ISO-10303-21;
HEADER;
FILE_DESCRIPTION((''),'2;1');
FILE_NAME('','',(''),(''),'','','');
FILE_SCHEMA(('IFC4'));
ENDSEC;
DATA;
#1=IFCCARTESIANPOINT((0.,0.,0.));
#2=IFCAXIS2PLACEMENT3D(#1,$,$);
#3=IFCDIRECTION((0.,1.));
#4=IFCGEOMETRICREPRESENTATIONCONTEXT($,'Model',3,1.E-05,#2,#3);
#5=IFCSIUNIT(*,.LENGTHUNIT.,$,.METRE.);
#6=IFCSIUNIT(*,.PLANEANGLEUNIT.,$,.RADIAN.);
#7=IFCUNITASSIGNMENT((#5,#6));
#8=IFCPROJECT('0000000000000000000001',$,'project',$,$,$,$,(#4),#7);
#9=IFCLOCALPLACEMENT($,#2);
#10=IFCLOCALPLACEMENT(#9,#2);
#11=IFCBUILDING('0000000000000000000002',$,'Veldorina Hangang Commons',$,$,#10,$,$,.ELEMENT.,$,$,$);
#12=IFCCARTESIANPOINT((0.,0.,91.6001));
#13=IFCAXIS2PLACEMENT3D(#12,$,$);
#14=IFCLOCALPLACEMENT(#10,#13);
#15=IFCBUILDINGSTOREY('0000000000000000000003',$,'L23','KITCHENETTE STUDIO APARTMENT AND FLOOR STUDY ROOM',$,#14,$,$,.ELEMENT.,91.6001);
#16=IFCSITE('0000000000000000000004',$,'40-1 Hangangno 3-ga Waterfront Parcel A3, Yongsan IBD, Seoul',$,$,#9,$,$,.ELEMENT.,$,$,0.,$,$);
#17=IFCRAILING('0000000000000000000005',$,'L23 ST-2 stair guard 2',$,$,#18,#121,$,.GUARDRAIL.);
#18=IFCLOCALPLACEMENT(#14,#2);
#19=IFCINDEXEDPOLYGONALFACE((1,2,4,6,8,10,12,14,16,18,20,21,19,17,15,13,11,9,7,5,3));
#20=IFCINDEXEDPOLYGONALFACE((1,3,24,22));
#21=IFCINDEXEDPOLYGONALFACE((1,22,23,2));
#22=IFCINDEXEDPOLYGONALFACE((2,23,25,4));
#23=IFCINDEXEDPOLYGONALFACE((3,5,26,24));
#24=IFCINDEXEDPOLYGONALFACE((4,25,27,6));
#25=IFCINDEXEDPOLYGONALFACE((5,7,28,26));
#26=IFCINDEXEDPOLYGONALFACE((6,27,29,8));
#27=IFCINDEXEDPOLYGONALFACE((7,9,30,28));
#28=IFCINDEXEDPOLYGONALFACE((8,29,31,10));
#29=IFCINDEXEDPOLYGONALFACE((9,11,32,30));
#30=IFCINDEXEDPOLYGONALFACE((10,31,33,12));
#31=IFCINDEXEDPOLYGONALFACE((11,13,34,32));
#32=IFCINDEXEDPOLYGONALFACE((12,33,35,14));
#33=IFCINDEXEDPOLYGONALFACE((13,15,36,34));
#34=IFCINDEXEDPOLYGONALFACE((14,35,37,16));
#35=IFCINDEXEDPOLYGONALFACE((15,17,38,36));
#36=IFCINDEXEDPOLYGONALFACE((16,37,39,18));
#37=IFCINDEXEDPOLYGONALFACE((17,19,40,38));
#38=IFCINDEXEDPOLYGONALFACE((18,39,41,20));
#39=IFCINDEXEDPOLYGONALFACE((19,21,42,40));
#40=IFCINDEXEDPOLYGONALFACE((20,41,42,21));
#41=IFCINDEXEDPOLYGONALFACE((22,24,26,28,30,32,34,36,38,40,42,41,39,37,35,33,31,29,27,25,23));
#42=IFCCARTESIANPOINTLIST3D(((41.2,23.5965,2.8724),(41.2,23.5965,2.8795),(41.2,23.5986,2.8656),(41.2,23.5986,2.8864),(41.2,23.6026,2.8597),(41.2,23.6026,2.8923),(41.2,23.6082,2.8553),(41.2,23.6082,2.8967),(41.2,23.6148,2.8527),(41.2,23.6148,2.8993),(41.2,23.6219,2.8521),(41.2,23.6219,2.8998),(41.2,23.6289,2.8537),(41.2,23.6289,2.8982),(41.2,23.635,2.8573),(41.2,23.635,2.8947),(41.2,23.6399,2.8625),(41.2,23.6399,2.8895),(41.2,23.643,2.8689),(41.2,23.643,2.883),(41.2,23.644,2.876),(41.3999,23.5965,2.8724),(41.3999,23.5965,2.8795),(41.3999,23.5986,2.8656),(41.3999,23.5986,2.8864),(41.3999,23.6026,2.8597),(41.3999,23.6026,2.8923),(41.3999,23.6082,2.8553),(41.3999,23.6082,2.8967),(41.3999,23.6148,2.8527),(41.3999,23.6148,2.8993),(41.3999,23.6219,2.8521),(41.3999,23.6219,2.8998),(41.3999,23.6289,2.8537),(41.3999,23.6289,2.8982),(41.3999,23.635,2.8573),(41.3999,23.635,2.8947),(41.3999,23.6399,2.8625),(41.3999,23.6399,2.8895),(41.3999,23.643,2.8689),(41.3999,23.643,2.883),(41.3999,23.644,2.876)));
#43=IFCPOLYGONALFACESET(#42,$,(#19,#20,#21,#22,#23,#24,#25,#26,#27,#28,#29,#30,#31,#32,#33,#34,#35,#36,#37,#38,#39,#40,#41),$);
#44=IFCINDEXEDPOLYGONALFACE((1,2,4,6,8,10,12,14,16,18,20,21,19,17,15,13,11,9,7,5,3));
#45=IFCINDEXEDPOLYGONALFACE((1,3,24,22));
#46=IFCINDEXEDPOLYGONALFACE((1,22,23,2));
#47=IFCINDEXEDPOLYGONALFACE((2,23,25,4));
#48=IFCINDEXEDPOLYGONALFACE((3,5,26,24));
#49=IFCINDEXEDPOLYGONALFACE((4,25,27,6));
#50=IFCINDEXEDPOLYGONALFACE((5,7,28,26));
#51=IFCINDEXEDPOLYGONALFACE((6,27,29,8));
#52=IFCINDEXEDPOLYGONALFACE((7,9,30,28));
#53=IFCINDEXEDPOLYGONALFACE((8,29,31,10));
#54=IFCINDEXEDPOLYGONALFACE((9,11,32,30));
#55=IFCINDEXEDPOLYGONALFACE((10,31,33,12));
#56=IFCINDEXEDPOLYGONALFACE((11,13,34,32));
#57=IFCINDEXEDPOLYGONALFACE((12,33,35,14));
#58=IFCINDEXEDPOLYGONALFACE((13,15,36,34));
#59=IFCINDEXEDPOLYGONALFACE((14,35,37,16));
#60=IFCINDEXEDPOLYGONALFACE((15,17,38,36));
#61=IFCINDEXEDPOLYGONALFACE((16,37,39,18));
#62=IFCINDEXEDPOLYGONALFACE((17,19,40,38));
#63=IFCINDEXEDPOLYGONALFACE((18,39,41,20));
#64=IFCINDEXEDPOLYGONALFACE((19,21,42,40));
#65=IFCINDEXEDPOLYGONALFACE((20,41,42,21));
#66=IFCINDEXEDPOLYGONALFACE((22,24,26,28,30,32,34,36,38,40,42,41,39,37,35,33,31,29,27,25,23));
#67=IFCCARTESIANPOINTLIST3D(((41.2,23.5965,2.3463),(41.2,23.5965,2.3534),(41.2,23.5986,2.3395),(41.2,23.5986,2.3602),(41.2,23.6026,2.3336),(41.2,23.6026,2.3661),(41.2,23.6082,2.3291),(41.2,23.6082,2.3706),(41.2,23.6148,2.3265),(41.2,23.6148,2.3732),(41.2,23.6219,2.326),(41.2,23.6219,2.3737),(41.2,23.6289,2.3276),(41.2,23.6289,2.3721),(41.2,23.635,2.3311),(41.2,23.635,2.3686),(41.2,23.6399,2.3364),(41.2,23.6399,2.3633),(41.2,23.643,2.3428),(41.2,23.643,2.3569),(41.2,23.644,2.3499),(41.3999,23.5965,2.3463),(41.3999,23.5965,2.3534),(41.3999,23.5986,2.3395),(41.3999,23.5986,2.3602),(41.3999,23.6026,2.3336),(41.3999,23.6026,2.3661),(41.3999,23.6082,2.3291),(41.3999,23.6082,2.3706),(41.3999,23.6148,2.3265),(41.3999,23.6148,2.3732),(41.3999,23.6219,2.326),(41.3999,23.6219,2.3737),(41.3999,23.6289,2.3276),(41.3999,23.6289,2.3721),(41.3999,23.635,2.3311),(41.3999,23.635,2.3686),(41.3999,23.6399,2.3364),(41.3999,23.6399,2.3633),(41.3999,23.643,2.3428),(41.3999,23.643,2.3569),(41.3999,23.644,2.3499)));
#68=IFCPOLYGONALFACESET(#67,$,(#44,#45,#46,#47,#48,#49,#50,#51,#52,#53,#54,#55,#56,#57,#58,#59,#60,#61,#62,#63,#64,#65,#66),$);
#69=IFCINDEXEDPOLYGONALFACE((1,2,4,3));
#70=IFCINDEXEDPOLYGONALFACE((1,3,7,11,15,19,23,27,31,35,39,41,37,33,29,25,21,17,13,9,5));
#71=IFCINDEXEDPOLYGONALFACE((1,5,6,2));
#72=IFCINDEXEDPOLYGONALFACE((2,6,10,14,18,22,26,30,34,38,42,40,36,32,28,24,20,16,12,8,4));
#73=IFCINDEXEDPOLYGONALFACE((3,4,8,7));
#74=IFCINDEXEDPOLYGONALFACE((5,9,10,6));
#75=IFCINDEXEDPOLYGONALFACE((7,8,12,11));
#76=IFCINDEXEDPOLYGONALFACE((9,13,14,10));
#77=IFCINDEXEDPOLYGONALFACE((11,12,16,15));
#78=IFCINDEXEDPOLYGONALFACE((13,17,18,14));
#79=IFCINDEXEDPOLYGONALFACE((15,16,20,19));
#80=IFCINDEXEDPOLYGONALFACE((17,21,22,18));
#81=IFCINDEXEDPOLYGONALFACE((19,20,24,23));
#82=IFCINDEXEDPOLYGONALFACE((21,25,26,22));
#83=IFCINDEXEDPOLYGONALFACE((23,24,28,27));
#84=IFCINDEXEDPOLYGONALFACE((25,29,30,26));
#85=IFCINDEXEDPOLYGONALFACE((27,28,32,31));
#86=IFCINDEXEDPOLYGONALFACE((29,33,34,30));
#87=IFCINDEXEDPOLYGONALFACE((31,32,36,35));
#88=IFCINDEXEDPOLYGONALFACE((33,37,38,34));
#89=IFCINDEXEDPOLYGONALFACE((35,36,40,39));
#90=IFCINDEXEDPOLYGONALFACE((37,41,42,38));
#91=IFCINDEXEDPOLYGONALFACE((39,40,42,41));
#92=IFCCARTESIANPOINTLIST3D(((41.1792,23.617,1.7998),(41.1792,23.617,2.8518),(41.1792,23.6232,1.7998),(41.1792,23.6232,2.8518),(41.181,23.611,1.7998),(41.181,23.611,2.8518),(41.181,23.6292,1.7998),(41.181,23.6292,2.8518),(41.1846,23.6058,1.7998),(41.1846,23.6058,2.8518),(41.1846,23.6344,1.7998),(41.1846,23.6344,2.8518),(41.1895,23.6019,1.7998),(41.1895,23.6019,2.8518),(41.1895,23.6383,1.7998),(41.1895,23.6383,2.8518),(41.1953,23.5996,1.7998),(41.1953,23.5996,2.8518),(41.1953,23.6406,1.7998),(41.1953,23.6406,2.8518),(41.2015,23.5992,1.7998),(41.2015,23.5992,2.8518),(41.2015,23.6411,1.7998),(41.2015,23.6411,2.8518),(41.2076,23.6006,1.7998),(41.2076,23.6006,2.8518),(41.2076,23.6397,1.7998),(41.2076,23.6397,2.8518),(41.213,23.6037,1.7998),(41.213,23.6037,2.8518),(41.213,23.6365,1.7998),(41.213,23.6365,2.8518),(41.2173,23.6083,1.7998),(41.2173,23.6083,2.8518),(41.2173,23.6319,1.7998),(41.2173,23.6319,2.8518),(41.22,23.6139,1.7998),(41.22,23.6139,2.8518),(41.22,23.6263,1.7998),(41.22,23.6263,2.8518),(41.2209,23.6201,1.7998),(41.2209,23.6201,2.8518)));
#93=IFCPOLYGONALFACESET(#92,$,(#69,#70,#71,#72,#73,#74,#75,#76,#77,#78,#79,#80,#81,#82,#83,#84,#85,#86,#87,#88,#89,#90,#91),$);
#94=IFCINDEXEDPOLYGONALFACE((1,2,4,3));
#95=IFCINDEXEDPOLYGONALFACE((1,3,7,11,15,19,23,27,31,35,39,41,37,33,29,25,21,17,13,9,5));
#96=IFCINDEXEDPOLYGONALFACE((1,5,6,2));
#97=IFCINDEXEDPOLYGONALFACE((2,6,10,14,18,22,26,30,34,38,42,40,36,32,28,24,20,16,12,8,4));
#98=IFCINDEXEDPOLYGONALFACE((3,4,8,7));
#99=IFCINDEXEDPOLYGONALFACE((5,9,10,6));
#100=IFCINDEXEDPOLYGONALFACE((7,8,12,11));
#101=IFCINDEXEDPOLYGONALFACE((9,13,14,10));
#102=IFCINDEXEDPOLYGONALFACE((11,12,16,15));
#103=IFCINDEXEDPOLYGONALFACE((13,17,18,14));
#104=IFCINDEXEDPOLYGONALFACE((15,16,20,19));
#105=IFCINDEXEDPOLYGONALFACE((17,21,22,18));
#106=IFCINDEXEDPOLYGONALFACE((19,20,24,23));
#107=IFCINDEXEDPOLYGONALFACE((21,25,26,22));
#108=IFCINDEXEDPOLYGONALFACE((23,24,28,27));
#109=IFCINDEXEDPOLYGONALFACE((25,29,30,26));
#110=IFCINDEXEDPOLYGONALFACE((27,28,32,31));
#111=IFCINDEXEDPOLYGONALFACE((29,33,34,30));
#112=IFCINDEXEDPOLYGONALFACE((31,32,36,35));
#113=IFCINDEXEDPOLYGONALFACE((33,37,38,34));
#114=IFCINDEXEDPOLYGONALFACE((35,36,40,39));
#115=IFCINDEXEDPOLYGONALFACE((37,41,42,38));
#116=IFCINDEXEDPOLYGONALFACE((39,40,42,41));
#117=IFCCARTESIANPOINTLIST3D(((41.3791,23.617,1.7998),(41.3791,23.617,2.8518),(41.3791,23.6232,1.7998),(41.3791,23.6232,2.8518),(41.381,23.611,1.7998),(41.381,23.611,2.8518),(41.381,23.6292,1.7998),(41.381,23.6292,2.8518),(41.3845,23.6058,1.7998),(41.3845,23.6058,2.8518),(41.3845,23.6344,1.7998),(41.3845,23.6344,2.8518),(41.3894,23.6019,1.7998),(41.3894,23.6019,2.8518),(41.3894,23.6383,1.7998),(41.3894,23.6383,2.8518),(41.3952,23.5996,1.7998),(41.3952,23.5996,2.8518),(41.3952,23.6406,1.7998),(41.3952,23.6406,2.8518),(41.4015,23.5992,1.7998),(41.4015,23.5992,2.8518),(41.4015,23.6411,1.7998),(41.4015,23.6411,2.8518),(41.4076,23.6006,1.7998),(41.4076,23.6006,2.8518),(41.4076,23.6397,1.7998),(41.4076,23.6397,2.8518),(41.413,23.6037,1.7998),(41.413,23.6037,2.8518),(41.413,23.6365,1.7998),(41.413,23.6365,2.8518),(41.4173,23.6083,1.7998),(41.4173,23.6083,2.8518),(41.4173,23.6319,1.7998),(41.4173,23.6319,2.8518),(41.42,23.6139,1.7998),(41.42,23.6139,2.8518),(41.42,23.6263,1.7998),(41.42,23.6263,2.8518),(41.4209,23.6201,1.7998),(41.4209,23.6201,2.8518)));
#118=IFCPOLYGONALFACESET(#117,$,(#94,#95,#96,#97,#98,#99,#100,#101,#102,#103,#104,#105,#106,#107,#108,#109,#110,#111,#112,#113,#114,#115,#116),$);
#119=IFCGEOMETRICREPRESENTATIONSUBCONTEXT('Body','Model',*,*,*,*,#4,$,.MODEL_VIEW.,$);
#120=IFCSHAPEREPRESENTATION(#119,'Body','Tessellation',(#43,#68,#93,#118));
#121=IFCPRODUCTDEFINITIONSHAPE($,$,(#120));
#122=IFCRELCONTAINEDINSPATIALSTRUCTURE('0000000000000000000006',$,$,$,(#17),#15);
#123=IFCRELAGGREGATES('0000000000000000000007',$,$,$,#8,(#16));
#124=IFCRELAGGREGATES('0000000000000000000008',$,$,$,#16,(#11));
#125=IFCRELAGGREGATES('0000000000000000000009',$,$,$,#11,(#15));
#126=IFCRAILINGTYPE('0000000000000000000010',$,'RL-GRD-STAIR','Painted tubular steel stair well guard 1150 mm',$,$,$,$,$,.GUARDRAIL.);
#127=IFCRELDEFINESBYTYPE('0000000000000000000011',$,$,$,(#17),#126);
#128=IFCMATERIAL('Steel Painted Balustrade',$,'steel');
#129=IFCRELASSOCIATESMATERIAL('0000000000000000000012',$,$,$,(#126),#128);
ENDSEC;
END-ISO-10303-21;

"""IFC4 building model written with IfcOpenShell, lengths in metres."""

from ifc_helpers import new_model, si_unit, direction, frame, origin, origin_2d, place, context, subcontext, project, spatial, circle, extrude, material, type_object, element, save


model = new_model("IFC4")

# Units and contexts
model_context = context("Model", 3, precision=1e-05, world=origin(), true_north=direction((0.0, 1.0)))
body_context = subcontext(model_context, "Body", "Model", "MODEL_VIEW")
ifc_project = project(units=[si_unit("LENGTHUNIT", "METRE"), si_unit("PLANEANGLEUNIT", "RADIAN")], contexts=[model_context])

# Site, building, storey
site_placement = place(None, origin())
site = spatial("IfcSite", under=ifc_project, at=site_placement, Name="40-1 Hangangno 3-ga Waterfront Parcel A3, Yongsan IBD, Seoul", CompositionType="ELEMENT", RefElevation=0.0)
building_placement = place(site_placement, origin())
building = spatial("IfcBuilding", under=site, at=building_placement, Name="Veldorina Hangang Commons", CompositionType="ELEMENT")
storey_placement = place(building_placement, frame((0.0, 0.0, 91.6001)))
storey = spatial("IfcBuildingStorey", under=building, at=storey_placement, Name="L23", Description="KITCHENETTE STUDIO APARTMENT AND FLOOR STUDY ROOM", CompositionType="ELEMENT", Elevation=91.6001)

# Railing
ifc_material_1 = material(Name="Steel Painted Balustrade", Category="steel")
railing_type_1 = type_object("IfcRailingType", Name="RL-GRD-STAIR", Description="Painted tubular steel stair well guard 1150 mm", PredefinedType="GUARDRAIL", material=ifc_material_1)
railing_1_placement = place(storey_placement, frame((41.2, 23.6201, 1.7998)))
element("IfcRailing", 1, at=railing_1_placement, inside=storey, type_object=railing_type_1, Name="L23 ST-2 stair guard 2", PredefinedType="GUARDRAIL", context=body_context, shape_type="SweptSolid", body=[
    extrude(circle(Radius=0.0239, at=origin_2d()), frame((0.0, 0.0, 1.0762), z_axis=(1.0, 0.0, 0.0), x_axis=(0.0, 1.0, 0.0)), (0.0, 0.0, 1.0), 0.2),
    extrude(circle(Radius=0.0239, at=origin_2d()), frame((0.0, 0.0, 0.55), z_axis=(1.0, 0.0, 0.0), x_axis=(0.0, 1.0, 0.0)), (0.0, 0.0, 1.0), 0.2),
    extrude(circle(Radius=0.021, at=origin_2d()), origin(), (0.0, 0.0, 1.0), 1.052),
    extrude(circle(Radius=0.021, at=origin_2d()), frame((0.2, 0.0, 0.0)), (0.0, 0.0, 1.0), 1.052),
])

save(model, "model.ifc")
